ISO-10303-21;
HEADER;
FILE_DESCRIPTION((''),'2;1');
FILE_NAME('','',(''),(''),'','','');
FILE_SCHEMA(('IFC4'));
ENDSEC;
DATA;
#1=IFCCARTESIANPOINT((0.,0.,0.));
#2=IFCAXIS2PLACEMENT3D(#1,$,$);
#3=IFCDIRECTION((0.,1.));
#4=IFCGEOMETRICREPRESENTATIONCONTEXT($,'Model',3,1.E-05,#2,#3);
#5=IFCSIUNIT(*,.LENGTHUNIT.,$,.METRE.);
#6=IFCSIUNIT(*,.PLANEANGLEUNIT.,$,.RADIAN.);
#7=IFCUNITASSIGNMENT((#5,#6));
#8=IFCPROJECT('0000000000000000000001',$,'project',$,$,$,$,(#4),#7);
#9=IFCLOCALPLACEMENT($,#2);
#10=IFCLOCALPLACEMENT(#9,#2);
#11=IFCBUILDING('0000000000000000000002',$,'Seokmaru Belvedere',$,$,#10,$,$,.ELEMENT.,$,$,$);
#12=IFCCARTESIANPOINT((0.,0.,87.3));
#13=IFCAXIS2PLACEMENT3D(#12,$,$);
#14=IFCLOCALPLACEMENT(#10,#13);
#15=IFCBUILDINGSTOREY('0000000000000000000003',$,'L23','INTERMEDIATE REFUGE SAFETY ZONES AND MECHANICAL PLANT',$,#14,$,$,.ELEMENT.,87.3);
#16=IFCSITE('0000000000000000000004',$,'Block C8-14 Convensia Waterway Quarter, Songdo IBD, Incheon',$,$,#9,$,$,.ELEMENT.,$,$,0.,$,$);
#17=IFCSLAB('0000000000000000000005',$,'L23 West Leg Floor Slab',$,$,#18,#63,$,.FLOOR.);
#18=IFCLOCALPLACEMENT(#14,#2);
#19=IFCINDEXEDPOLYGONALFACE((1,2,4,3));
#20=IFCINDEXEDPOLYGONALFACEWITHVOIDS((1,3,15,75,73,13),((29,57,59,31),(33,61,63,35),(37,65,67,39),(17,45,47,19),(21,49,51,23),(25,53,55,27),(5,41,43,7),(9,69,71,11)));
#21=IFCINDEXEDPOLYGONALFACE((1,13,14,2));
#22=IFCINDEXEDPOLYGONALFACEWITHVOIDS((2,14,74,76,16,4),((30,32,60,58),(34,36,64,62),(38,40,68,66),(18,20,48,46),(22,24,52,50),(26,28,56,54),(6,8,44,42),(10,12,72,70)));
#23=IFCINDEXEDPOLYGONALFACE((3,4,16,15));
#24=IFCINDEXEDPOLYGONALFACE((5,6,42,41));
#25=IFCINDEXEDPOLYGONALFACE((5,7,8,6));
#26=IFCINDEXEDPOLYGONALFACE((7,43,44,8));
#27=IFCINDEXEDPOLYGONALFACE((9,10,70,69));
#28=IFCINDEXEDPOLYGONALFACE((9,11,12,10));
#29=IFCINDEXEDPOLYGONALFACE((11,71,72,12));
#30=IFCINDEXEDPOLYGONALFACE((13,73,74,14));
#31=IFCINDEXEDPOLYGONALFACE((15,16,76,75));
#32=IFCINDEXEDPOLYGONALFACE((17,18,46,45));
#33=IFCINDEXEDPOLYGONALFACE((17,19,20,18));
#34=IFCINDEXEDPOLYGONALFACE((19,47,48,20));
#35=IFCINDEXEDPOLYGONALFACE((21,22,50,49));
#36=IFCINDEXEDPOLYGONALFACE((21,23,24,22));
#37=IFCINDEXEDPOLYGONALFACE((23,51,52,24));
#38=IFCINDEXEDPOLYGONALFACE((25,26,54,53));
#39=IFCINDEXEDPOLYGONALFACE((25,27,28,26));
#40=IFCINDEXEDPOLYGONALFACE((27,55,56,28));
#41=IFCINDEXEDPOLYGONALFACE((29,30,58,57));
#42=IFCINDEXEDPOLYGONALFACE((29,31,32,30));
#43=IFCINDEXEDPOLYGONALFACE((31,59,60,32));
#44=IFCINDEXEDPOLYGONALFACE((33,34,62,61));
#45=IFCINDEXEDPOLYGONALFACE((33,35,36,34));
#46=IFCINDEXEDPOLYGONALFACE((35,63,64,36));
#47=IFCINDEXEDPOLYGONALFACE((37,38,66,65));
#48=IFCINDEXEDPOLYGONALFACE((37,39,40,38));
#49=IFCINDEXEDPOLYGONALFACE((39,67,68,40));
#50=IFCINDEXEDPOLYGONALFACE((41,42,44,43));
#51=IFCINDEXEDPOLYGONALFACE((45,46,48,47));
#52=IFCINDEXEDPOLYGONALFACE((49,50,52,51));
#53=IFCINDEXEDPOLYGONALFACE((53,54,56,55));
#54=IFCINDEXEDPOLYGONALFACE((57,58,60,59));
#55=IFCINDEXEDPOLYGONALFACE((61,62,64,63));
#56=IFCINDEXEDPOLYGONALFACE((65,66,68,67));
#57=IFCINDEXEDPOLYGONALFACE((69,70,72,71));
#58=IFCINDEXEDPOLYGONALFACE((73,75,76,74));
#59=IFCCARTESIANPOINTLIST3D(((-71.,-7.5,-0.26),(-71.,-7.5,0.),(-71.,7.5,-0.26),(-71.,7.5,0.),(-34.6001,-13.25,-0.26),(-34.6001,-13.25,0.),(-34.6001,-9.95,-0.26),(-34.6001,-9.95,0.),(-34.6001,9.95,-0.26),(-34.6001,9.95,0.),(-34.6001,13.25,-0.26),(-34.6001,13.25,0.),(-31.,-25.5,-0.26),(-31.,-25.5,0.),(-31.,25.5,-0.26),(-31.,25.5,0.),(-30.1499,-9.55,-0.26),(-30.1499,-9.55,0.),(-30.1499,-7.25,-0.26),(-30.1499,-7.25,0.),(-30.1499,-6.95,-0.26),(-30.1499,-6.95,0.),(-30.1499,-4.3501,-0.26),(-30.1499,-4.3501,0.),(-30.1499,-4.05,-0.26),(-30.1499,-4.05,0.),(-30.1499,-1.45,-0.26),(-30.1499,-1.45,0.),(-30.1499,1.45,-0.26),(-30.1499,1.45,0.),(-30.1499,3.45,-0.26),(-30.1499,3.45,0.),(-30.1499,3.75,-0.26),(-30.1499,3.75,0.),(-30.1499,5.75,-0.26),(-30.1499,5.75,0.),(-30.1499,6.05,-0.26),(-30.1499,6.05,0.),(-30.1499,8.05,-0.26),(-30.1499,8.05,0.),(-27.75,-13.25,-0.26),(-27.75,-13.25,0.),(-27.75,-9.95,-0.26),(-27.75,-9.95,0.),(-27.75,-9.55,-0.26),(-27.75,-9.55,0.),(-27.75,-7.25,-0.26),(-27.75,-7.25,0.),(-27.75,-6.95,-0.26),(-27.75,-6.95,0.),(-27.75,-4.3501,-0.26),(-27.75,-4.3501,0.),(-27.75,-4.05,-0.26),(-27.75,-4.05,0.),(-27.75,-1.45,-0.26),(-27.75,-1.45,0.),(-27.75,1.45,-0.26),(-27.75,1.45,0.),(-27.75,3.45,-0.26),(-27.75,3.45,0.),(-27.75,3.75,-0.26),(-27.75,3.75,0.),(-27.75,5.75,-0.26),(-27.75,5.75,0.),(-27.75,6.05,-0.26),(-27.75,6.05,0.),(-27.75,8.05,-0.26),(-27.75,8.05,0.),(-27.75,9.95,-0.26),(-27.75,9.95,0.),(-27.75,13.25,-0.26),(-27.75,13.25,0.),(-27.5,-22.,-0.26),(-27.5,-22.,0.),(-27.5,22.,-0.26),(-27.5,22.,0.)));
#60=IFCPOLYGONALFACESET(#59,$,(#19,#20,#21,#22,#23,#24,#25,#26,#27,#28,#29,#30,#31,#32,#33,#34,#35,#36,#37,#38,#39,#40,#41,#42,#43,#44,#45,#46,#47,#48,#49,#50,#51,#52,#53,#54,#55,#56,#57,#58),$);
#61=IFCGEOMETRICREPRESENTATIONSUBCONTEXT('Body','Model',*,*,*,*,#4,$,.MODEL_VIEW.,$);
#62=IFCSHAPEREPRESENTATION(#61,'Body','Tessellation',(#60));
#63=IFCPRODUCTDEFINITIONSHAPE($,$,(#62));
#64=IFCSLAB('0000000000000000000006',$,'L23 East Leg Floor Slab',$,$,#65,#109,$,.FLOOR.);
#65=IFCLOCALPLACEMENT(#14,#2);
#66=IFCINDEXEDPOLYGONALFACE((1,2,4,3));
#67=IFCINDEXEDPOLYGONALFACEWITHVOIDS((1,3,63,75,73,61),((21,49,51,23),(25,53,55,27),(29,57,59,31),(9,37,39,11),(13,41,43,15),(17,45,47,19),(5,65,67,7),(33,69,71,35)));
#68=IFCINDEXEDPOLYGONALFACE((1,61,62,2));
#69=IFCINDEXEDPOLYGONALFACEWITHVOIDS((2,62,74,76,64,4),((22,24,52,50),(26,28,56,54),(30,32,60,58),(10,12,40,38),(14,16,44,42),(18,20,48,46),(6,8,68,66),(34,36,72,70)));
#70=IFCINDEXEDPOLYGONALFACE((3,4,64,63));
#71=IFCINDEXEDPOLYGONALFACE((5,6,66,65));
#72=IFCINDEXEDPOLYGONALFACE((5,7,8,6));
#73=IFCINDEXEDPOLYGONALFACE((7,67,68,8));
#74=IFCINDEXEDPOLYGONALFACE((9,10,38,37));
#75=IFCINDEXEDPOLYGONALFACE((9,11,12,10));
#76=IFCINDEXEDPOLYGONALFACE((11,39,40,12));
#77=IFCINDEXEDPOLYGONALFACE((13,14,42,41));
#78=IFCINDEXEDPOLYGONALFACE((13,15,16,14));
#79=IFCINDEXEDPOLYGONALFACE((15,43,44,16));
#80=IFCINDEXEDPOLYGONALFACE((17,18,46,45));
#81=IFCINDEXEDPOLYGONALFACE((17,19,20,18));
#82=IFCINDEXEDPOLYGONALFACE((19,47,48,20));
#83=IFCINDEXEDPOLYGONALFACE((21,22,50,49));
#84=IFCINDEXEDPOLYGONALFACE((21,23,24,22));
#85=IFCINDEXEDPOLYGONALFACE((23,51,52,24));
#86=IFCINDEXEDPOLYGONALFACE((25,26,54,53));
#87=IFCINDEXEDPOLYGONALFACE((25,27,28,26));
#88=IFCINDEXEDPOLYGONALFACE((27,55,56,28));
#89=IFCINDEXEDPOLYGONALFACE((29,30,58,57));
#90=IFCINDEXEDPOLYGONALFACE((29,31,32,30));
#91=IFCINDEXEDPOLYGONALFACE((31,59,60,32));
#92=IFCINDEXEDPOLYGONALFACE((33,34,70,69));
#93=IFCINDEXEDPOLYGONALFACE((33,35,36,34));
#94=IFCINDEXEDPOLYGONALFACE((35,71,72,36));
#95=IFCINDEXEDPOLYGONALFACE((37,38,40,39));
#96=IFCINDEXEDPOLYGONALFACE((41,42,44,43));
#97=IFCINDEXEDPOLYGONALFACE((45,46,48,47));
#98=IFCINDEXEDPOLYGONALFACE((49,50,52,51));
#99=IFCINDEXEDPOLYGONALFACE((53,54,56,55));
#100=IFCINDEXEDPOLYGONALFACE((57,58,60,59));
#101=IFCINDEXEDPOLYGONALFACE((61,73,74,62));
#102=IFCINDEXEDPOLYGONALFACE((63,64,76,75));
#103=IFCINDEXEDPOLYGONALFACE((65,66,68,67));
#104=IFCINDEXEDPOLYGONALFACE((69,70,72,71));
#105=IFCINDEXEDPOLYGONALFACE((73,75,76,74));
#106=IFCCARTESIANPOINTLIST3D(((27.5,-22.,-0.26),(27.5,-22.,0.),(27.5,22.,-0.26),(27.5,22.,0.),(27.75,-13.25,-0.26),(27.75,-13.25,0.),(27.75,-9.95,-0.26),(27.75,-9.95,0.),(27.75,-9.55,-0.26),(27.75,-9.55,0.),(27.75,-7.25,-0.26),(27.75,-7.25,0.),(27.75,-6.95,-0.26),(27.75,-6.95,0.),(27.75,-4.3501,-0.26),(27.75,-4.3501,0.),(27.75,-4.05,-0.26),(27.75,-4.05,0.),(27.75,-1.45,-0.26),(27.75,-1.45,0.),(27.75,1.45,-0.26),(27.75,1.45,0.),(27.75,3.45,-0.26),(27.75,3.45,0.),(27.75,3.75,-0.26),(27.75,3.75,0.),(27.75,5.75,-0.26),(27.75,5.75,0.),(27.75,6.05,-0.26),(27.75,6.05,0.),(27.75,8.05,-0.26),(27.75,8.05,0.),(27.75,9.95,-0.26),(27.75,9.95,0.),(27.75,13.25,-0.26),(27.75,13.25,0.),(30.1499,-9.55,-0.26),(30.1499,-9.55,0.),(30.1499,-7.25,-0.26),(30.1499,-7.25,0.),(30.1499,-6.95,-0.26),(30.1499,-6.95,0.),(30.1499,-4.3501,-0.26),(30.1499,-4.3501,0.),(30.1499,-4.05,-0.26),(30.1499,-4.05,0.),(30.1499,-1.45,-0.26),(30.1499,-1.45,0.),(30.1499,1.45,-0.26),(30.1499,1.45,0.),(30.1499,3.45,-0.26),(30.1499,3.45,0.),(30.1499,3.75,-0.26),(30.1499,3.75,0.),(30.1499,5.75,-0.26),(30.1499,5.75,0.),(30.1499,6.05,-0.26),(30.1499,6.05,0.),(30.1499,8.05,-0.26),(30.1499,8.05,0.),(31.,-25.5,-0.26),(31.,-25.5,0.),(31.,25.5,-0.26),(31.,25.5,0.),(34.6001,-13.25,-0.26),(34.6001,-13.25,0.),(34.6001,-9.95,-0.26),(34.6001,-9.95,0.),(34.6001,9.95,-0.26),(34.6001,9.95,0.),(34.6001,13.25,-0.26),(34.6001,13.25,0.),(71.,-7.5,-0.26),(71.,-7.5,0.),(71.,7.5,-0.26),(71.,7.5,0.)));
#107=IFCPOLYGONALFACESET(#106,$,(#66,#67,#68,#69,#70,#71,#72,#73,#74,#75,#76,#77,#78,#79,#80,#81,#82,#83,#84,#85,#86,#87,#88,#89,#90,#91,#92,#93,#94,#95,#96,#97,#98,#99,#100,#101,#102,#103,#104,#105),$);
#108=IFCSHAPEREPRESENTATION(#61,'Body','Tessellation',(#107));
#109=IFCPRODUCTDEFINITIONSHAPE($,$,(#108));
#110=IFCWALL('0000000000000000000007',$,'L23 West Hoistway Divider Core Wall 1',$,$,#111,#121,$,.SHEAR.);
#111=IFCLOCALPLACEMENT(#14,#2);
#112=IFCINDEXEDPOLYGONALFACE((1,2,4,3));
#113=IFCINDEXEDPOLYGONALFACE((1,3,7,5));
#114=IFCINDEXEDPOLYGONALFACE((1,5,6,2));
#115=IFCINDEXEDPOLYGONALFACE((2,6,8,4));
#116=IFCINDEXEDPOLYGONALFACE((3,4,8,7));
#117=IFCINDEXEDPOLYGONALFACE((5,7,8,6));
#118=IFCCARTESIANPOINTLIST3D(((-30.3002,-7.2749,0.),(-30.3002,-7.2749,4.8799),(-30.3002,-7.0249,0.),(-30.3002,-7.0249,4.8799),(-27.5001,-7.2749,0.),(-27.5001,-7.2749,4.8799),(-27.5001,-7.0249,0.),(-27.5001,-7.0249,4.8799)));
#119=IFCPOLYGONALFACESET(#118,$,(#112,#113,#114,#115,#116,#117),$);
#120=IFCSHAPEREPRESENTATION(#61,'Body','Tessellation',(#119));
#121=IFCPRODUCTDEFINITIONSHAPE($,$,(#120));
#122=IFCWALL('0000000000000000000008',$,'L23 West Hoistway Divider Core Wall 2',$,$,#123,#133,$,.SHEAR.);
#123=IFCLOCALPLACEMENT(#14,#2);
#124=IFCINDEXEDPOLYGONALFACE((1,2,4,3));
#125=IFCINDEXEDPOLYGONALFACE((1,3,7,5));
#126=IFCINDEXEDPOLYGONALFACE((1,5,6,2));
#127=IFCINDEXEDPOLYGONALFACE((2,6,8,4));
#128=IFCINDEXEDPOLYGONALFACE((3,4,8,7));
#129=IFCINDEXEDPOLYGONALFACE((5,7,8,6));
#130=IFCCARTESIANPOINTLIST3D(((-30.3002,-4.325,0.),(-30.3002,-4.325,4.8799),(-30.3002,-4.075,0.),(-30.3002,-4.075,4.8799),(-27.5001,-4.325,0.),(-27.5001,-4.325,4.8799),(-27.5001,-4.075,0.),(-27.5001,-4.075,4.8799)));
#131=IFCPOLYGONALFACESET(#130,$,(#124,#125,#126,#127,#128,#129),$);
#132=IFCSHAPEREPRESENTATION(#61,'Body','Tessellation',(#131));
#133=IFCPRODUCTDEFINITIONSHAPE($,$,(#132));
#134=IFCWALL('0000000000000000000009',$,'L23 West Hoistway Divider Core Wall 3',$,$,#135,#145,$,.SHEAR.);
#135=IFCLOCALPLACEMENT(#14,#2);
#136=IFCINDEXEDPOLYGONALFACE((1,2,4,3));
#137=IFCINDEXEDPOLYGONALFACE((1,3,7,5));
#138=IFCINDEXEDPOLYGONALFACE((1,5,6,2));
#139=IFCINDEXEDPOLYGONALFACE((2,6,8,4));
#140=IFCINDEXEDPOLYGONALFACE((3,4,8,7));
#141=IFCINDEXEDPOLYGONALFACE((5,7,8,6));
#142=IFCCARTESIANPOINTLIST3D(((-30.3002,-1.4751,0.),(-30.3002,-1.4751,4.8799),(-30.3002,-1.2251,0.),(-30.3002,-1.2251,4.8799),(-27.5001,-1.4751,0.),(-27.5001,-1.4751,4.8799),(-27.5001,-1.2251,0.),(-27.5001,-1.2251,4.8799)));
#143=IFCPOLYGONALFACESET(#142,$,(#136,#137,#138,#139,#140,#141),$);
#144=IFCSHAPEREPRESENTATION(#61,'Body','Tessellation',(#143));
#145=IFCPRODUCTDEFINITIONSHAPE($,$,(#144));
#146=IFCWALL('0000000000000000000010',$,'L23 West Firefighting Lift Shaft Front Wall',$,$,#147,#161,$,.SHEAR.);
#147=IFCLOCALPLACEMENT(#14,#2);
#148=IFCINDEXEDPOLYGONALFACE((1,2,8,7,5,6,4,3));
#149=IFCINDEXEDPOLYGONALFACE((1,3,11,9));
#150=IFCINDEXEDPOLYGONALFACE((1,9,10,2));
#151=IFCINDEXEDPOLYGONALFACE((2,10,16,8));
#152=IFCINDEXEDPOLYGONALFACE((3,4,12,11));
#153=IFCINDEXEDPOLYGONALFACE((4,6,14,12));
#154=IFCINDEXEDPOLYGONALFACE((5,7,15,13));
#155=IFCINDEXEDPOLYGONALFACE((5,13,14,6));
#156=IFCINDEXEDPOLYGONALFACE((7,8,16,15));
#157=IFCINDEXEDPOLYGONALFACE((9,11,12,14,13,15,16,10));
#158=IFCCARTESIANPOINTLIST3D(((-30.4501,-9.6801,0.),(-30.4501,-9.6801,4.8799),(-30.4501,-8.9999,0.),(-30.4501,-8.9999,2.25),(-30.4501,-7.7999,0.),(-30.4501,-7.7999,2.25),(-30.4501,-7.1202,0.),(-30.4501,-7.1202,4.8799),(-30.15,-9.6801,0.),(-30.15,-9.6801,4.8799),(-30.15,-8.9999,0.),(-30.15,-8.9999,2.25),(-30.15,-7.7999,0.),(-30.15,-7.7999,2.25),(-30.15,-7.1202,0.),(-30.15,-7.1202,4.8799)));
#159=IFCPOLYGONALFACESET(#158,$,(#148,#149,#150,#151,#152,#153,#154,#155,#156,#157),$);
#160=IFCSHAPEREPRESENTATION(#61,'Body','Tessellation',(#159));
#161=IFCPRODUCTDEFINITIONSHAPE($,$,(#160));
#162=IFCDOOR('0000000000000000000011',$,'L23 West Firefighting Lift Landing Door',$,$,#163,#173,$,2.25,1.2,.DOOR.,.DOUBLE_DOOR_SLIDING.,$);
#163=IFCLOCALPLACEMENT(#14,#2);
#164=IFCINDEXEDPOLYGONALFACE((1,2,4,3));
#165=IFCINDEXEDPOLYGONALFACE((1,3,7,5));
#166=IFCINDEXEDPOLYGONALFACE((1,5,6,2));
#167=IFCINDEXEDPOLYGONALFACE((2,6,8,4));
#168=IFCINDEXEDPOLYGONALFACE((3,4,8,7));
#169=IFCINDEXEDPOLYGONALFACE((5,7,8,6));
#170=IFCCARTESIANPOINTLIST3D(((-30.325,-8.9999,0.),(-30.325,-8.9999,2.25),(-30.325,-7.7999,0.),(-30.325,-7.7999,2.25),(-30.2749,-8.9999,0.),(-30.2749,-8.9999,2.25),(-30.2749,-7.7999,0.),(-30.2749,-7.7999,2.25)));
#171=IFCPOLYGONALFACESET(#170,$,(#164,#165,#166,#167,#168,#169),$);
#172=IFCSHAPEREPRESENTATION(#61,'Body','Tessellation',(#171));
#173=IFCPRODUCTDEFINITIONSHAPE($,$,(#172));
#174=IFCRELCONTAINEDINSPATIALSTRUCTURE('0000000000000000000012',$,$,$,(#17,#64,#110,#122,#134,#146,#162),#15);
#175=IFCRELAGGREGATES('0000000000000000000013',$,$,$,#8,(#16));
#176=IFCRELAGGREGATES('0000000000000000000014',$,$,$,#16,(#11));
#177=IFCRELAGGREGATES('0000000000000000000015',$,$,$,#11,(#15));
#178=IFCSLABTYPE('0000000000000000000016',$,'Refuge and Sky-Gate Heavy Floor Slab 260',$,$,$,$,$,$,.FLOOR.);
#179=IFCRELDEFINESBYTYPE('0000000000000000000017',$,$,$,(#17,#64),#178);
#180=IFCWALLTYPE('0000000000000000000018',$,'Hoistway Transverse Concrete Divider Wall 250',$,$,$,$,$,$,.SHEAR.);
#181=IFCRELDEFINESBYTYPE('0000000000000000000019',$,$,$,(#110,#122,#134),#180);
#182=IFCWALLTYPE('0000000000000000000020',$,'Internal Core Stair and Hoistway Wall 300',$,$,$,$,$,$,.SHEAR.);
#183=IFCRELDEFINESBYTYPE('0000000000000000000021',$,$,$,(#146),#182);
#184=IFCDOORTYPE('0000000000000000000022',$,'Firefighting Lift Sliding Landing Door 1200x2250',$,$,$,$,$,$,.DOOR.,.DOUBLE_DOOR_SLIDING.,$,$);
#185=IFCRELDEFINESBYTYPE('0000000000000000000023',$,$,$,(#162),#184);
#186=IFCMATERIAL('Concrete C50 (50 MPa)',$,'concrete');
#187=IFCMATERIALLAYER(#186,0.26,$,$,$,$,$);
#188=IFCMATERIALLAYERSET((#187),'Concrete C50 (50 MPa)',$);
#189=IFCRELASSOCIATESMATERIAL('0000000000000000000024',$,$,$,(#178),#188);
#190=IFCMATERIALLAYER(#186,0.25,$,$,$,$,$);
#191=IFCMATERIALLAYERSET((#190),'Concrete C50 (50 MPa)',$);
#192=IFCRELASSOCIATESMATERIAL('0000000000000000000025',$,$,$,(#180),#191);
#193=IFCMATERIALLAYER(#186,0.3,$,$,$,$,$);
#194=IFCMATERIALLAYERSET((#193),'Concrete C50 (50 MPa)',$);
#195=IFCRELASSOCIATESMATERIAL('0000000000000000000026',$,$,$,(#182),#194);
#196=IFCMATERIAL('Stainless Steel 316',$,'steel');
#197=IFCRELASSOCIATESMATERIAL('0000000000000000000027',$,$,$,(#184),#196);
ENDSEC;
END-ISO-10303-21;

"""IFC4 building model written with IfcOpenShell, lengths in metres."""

from ifc_helpers import new_model, si_unit, direction, frame, frame_2d, origin, place, context, subcontext, project, spatial, polyline, rectangle, outline, extrude, source, transform, mapped, material, layer, layer_set, type_object, type_shapes, element, fill, save


model = new_model("IFC4")

# Units and contexts
model_context = context("Model", 3, precision=1e-05, world=origin(), true_north=direction((0.0, 1.0)))
body_context = subcontext(model_context, "Body", "Model", "MODEL_VIEW")
ifc_project = project(units=[si_unit("LENGTHUNIT", "METRE"), si_unit("PLANEANGLEUNIT", "RADIAN")], contexts=[model_context])

# Site, building, storey
site_placement = place(None, origin())
site = spatial("IfcSite", under=ifc_project, at=site_placement, Name="Block C8-14 Convensia Waterway Quarter, Songdo IBD, Incheon", CompositionType="ELEMENT", RefElevation=0.0)
building_placement = place(site_placement, origin())
building = spatial("IfcBuilding", under=site, at=building_placement, Name="Seokmaru Belvedere", CompositionType="ELEMENT")
storey_placement = place(building_placement, frame((0.0, 0.0, 87.3)))
storey = spatial("IfcBuildingStorey", under=building, at=storey_placement, Name="L23", Description="INTERMEDIATE REFUGE SAFETY ZONES AND MECHANICAL PLANT", CompositionType="ELEMENT", Elevation=87.3)

# Slabs
ifc_material_1 = material(Name="Concrete C50 (50 MPa)", Category="concrete")
ifc_layer_1 = layer(ifc_material_1, 0.26)
ifc_layer_set_1 = layer_set([ifc_layer_1], Name="Concrete C50 (50 MPa)")
slab_type = type_object("IfcSlabType", Name="Refuge and Sky-Gate Heavy Floor Slab 260", PredefinedType="FLOOR", material=ifc_layer_set_1)
slab_1_placement = place(storey_placement, frame((0.0, 0.0, -0.26)))
element("IfcSlab", 1, at=slab_1_placement, inside=storey, type_object=slab_type, Name="L23 West Leg Floor Slab", PredefinedType="FLOOR", context=body_context, shape_type="SweptSolid", body=[
    extrude(outline(polyline([(-27.5, -22.0), (-27.5, 22.0), (-31.0, 25.5), (-71.0, 7.5), (-71.0, -7.5), (-31.0, -25.5), (-27.5, -22.0)]), holes=[polyline([(-34.6001, -13.25), (-27.75, -13.25), (-27.75, -9.95), (-34.6001, -9.95), (-34.6001, -13.25)]), polyline([(-34.6001, 9.95), (-27.75, 9.95), (-27.75, 13.25), (-34.6001, 13.25), (-34.6001, 9.95)]), polyline([(-30.1499, -9.55), (-27.75, -9.55), (-27.75, -7.25), (-30.1499, -7.25), (-30.1499, -9.55)]), polyline([(-30.1499, -6.95), (-27.75, -6.95), (-27.75, -4.3501), (-30.1499, -4.3501), (-30.1499, -6.95)]), polyline([(-30.1499, -4.05), (-27.75, -4.05), (-27.75, -1.45), (-30.1499, -1.45), (-30.1499, -4.05)]), polyline([(-30.1499, 1.45), (-27.75, 1.45), (-27.75, 3.45), (-30.1499, 3.45), (-30.1499, 1.45)]), polyline([(-30.1499, 3.75), (-27.75, 3.75), (-27.75, 5.75), (-30.1499, 5.75), (-30.1499, 3.75)]), polyline([(-30.1499, 6.05), (-27.75, 6.05), (-27.75, 8.05), (-30.1499, 8.05), (-30.1499, 6.05)])]), origin(), (0.0, 0.0, 1.0), 0.26),
])
slab_2_placement = place(storey_placement, frame((0.0, 0.0, -0.26)))
element("IfcSlab", 2, at=slab_2_placement, inside=storey, type_object=slab_type, Name="L23 East Leg Floor Slab", PredefinedType="FLOOR", context=body_context, shape_type="SweptSolid", body=[
    extrude(outline(polyline([(31.0, -25.5), (71.0, -7.5), (71.0, 7.5), (31.0, 25.5), (27.5, 22.0), (27.5, -22.0), (31.0, -25.5)]), holes=[polyline([(27.75, -13.25), (34.6001, -13.25), (34.6001, -9.95), (27.75, -9.95), (27.75, -13.25)]), polyline([(27.75, 9.95), (34.6001, 9.95), (34.6001, 13.25), (27.75, 13.25), (27.75, 9.95)]), polyline([(27.75, -9.55), (30.1499, -9.55), (30.1499, -7.25), (27.75, -7.25), (27.75, -9.55)]), polyline([(27.75, -6.95), (30.1499, -6.95), (30.1499, -4.3501), (27.75, -4.3501), (27.75, -6.95)]), polyline([(27.75, -4.05), (30.1499, -4.05), (30.1499, -1.45), (27.75, -1.45), (27.75, -4.05)]), polyline([(27.75, 1.45), (30.1499, 1.45), (30.1499, 3.45), (27.75, 3.45), (27.75, 1.45)]), polyline([(27.75, 3.75), (30.1499, 3.75), (30.1499, 5.75), (27.75, 5.75), (27.75, 3.75)]), polyline([(27.75, 6.05), (30.1499, 6.05), (30.1499, 8.05), (27.75, 8.05), (27.75, 6.05)])]), origin(), (0.0, 0.0, 1.0), 0.26),
])

# Walls
ifc_layer_2 = layer(ifc_material_1, 0.25)
ifc_layer_set_2 = layer_set([ifc_layer_2], Name="Concrete C50 (50 MPa)")
wall_type_1 = type_object("IfcWallType", Name="Hoistway Transverse Concrete Divider Wall 250", PredefinedType="SHEAR", material=ifc_layer_set_2)
for number, where, z_axis, x_axis, name in (
    (3, (-30.3, -7.1499, 0.0), (0.0, 0.0, 1.0), (1.0, 0.0, 0.0), "L23 West Hoistway Divider Core Wall 1"),
    (4, (-30.3, -4.2, 0.0), (0.0, 0.0, 1.0), (1.0, 0.0, 0.0), "L23 West Hoistway Divider Core Wall 2"),
    (5, (-30.3, -1.3501, 0.0), (0.0, 0.0, 1.0), (1.0, 0.0, 0.0), "L23 West Hoistway Divider Core Wall 3"),
):
    element("IfcWall", number, at=place(storey_placement, frame(where, z_axis=z_axis, x_axis=x_axis)), inside=storey, type_object=wall_type_1, Name=name, PredefinedType="SHEAR", context=body_context, shape_type="SweptSolid", body=[
        extrude(rectangle(XDim=2.8, YDim=0.25, at=frame_2d((1.3999, 0.0))), origin(), (0.0, 0.0, 1.0), 4.8799),
    ])

# Wall, opening, door
ifc_layer_3 = layer(ifc_material_1, 0.3)
ifc_layer_set_3 = layer_set([ifc_layer_3], Name="Concrete C50 (50 MPa)")
wall_type_2 = type_object("IfcWallType", Name="Internal Core Stair and Hoistway Wall 300", PredefinedType="SHEAR", material=ifc_layer_set_3)
wall_1_placement = place(storey_placement, frame((-30.3, -9.6799, 0.0), z_axis=(0.0, 0.0, 1.0), x_axis=(0.0, 1.0, 0.0)))
wall_1 = element("IfcWall", 6, at=wall_1_placement, inside=storey, type_object=wall_type_2, Name="L23 West Firefighting Lift Shaft Front Wall", PredefinedType="SHEAR", context=body_context, shape_type="SweptSolid", body=[
    extrude(rectangle(XDim=2.5598, YDim=0.3, at=frame_2d((1.2798, 0.0))), origin(), (0.0, 0.0, 1.0), 4.8799),
])
opening_1_placement = place(wall_1_placement, frame((0.6799, 0.0, 0.0)))
opening_1 = element("IfcOpeningElement", 7, at=opening_1_placement, cuts=wall_1, PredefinedType="OPENING", context=body_context, shape_type="SweptSolid", body=[
    extrude(rectangle(XDim=1.2, YDim=2.25, at=frame_2d((0.6001, 1.125))), frame((0.0, 0.1602, 0.0), z_axis=(0.0, -1.0, 0.0), x_axis=(1.0, 0.0, 0.0)), (0.0, 0.0, 1.0), 0.3201),
])
ifc_material_2 = material(Name="Stainless Steel 316", Category="steel")
door_type_1 = type_object("IfcDoorType", Name="Firefighting Lift Sliding Landing Door 1200x2250", OperationType="DOUBLE_DOOR_SLIDING", PredefinedType="DOOR", material=ifc_material_2)
shared_shape_1 = source(origin(), body_context, "Body", "SweptSolid", [
    extrude(rectangle(XDim=1.2, YDim=2.25, at=frame_2d((0.6001, 1.125))), frame((0.0, 0.0249, 0.0), z_axis=(0.0, -1.0, 0.0), x_axis=(1.0, 0.0, 0.0)), (0.0, 0.0, 1.0), 0.05),
])
type_shapes(door_type_1, [shared_shape_1])
door_1_placement = place(opening_1_placement, origin())
door_1 = element("IfcDoor", 8, at=door_1_placement, inside=storey, type_object=door_type_1, Name="L23 West Firefighting Lift Landing Door", OperationType="DOUBLE_DOOR_SLIDING", OverallHeight=2.25, OverallWidth=1.2, PredefinedType="DOOR", context=body_context, shape_type="MappedRepresentation", body=[
    mapped(shared_shape_1, transform((0.0, 0.0, 0.0), scale=1.0)),
])
fill(opening_1, door_1)

save(model, "model.ifc")
